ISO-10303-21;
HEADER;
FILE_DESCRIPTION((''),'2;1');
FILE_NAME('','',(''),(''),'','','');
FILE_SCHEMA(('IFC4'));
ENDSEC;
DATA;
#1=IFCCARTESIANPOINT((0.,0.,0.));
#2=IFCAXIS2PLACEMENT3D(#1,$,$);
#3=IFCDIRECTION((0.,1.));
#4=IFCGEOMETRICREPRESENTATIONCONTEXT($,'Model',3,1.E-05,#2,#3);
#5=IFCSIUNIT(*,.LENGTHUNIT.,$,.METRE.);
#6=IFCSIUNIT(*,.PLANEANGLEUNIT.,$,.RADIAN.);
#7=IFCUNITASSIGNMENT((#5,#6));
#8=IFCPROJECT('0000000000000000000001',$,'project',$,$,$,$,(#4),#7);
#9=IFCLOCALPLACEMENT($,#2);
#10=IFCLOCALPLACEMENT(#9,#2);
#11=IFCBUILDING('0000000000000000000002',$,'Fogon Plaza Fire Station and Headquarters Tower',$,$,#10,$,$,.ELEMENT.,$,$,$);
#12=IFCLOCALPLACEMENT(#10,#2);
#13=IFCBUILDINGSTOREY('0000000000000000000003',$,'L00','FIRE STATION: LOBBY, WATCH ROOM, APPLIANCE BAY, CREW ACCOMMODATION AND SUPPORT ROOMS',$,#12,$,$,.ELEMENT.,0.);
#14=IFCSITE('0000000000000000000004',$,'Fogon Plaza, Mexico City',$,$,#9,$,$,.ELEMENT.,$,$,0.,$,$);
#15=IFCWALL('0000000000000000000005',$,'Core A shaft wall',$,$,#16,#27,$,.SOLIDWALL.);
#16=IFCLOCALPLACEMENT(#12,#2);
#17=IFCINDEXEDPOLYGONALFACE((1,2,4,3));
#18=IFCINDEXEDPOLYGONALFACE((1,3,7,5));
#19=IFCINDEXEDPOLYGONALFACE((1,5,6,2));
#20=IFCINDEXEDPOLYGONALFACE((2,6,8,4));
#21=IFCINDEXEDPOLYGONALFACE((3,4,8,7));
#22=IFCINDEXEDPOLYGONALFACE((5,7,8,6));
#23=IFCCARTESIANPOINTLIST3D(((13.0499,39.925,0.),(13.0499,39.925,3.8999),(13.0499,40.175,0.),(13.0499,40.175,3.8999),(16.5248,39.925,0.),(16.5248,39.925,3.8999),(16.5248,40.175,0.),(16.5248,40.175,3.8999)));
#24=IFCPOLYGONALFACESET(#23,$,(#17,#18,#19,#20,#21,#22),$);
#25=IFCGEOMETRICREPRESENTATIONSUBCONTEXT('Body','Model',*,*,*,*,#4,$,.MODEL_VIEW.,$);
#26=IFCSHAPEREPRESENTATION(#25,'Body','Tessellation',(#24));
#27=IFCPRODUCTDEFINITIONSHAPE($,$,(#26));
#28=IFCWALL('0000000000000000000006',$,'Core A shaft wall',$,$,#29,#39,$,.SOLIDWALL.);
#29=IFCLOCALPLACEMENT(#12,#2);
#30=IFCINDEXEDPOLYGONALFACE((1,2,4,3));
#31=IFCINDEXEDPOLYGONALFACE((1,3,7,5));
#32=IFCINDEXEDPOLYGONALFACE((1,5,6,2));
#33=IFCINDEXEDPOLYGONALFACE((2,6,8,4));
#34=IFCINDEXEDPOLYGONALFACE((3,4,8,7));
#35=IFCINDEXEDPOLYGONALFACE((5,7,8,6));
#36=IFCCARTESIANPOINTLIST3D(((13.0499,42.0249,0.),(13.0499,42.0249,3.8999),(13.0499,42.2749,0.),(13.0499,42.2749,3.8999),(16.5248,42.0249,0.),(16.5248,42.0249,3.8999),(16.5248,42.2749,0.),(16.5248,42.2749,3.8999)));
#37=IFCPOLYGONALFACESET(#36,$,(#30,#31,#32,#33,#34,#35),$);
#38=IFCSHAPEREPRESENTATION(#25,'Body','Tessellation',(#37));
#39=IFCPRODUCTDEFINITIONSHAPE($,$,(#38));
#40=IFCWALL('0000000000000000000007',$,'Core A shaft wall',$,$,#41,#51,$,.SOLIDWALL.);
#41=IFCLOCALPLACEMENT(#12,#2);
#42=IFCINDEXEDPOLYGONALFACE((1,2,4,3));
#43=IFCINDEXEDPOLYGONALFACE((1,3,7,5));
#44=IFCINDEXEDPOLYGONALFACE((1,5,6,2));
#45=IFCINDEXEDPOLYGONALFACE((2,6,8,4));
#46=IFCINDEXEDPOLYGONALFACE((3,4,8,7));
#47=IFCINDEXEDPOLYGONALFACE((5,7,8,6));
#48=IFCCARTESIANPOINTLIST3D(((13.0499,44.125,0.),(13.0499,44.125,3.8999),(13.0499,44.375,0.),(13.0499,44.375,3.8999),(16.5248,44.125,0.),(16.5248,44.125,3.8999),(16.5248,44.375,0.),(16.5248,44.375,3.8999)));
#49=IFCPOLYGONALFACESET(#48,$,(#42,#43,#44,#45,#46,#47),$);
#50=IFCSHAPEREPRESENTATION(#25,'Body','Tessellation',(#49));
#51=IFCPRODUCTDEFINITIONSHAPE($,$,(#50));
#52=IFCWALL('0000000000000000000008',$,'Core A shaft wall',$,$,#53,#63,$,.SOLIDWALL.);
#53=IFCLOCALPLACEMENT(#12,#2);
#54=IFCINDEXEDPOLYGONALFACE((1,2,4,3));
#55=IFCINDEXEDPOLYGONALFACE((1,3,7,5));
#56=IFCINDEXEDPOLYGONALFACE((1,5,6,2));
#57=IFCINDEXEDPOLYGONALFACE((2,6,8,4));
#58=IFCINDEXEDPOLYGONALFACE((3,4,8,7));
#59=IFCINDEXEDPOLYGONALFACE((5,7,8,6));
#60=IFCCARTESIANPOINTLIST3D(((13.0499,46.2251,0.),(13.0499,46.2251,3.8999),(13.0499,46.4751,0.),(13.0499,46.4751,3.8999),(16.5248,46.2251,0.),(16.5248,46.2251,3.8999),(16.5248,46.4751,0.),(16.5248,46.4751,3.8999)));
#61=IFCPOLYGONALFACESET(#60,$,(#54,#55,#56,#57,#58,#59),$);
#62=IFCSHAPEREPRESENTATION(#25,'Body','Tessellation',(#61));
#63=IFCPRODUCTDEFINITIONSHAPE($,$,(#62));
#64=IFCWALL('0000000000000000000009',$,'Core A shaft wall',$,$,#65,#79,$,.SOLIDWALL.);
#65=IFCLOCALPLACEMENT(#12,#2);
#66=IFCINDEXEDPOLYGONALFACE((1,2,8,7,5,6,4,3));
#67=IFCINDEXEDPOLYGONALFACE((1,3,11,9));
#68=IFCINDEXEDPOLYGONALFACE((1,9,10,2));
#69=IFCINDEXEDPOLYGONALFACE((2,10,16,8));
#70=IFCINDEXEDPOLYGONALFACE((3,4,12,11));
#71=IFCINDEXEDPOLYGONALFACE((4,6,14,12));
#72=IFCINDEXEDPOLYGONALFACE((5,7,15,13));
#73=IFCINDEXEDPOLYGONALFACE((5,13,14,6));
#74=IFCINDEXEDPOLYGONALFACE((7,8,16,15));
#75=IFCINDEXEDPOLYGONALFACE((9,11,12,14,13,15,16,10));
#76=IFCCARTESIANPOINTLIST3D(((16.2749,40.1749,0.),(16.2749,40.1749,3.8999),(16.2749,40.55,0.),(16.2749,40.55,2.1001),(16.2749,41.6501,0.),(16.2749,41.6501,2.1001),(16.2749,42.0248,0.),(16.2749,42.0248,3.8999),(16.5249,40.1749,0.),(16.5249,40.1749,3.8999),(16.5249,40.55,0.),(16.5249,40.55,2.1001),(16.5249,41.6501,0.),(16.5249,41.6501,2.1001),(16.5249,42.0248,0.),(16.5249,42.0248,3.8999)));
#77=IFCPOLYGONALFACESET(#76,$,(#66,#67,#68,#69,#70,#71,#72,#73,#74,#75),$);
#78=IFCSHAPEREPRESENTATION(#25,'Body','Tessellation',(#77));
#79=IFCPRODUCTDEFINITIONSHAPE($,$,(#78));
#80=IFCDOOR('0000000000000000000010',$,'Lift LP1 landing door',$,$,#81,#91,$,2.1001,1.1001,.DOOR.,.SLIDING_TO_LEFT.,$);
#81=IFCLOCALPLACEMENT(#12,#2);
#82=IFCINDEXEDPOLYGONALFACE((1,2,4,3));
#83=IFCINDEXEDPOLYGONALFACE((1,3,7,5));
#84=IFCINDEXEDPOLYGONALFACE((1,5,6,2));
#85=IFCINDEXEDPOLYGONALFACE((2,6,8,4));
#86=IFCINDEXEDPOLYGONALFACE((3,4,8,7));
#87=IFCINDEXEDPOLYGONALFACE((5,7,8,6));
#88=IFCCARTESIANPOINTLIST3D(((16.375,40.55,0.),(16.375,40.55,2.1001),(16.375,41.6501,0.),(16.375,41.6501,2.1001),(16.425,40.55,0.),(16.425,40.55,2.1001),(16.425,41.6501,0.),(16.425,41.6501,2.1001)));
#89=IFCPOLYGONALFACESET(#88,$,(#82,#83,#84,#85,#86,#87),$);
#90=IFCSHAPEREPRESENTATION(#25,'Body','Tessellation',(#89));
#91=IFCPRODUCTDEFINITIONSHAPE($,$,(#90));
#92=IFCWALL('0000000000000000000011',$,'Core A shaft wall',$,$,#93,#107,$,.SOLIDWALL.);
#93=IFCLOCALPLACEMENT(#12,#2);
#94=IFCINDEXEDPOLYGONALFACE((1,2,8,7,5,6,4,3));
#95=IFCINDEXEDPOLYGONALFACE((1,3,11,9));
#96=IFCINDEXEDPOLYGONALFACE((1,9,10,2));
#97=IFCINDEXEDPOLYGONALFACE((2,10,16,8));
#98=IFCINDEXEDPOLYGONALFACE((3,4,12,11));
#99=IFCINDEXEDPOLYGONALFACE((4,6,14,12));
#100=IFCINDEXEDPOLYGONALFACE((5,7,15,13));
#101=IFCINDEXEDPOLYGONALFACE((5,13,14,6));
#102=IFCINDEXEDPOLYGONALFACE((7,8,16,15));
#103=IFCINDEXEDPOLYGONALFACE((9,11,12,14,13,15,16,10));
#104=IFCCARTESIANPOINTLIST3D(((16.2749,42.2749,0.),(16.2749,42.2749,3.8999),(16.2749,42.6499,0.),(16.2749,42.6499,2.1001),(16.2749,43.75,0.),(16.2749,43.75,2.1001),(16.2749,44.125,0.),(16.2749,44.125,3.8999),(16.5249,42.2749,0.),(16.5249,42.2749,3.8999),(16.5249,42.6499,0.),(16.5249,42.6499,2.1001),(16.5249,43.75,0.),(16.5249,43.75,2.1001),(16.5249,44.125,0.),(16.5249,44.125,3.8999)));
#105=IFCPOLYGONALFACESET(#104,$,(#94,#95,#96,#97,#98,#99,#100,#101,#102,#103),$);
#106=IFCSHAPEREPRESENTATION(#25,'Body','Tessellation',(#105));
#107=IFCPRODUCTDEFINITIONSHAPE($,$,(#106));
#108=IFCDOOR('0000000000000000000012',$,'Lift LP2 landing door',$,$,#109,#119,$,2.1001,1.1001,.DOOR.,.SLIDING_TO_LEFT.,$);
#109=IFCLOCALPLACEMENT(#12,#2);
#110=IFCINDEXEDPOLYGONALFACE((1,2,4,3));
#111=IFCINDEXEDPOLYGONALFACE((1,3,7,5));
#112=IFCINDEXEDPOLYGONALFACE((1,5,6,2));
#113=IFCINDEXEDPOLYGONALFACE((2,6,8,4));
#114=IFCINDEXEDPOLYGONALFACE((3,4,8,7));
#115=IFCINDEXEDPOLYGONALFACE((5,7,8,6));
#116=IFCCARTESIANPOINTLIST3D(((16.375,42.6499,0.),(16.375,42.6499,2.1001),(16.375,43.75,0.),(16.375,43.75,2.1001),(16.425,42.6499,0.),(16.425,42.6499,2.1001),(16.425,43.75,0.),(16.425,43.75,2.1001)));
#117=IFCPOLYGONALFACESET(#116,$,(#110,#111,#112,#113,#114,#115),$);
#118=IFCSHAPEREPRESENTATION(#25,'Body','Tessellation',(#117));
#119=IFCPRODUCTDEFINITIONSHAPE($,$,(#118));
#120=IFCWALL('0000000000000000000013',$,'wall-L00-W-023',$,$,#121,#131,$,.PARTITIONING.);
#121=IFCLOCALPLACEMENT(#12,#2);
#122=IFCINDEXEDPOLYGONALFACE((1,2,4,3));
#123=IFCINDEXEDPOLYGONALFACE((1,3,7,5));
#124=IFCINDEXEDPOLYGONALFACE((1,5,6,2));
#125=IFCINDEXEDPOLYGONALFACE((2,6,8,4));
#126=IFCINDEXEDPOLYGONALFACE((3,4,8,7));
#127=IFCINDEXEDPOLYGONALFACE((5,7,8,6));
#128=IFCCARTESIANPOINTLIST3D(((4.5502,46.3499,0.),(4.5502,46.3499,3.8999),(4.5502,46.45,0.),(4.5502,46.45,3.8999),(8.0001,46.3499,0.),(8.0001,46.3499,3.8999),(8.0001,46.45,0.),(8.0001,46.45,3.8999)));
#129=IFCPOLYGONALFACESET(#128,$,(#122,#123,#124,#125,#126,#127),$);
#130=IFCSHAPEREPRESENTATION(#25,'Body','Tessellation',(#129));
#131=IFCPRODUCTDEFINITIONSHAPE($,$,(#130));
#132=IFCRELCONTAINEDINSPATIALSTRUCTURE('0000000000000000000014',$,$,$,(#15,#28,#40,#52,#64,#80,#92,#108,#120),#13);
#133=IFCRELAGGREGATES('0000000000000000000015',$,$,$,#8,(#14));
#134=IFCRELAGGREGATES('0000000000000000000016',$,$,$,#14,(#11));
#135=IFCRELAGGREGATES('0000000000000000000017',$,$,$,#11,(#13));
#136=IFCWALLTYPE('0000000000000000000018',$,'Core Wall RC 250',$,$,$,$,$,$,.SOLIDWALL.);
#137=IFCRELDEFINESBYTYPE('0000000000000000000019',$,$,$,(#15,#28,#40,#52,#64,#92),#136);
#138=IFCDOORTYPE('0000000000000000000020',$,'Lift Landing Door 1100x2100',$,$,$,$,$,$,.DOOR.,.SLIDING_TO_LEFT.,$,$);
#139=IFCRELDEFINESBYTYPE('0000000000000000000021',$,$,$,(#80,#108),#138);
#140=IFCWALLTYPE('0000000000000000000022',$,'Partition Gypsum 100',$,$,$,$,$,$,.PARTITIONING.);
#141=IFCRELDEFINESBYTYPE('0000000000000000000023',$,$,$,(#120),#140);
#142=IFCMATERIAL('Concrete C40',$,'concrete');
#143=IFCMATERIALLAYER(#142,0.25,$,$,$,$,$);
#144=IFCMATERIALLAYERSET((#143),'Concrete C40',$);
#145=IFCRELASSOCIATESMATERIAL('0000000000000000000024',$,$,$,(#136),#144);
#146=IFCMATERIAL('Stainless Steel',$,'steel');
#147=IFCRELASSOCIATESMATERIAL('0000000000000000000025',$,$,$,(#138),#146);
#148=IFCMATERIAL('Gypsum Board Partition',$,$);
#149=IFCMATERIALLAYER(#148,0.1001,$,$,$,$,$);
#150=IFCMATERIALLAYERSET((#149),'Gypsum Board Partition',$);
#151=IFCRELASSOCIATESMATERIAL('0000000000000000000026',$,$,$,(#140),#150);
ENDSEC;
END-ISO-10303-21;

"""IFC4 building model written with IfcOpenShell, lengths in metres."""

from ifc_helpers import new_model, si_unit, direction, frame, frame_2d, origin, place, context, subcontext, project, spatial, rectangle, extrude, material, layer, layer_set, type_object, element, fill, save


model = new_model("IFC4")

# Units and contexts
model_context = context("Model", 3, precision=1e-05, world=origin(), true_north=direction((0.0, 1.0)))
body_context = subcontext(model_context, "Body", "Model", "MODEL_VIEW")
ifc_project = project(units=[si_unit("LENGTHUNIT", "METRE"), si_unit("PLANEANGLEUNIT", "RADIAN")], contexts=[model_context])

# Site, building, storey
site_placement = place(None, origin())
site = spatial("IfcSite", under=ifc_project, at=site_placement, Name="Fogon Plaza, Mexico City", CompositionType="ELEMENT", RefElevation=0.0)
building_placement = place(site_placement, origin())
building = spatial("IfcBuilding", under=site, at=building_placement, Name="Fogon Plaza Fire Station and Headquarters Tower", CompositionType="ELEMENT")
storey_placement = place(building_placement, origin())
storey = spatial("IfcBuildingStorey", under=building, at=storey_placement, Name="L00", Description="FIRE STATION: LOBBY, WATCH ROOM, APPLIANCE BAY, CREW ACCOMMODATION AND SUPPORT ROOMS", CompositionType="ELEMENT", Elevation=0.0)

# Walls
ifc_material_1 = material(Name="Concrete C40", Category="concrete")
ifc_layer_1 = layer(ifc_material_1, 0.25)
ifc_layer_set_1 = layer_set([ifc_layer_1], Name="Concrete C40")
wall_type_1 = type_object("IfcWallType", Name="Core Wall RC 250", PredefinedType="SOLIDWALL", material=ifc_layer_set_1)
for number, where, z_axis, x_axis, name in (
    (1, (13.05, 40.05, 0.0), (0.0, 0.0, 1.0), (1.0, 0.0, 0.0), "Core A shaft wall"),
    (2, (13.05, 42.1499, 0.0), (0.0, 0.0, 1.0), (1.0, 0.0, 0.0), "Core A shaft wall"),
    (3, (13.05, 44.25, 0.0), (0.0, 0.0, 1.0), (1.0, 0.0, 0.0), "Core A shaft wall"),
    (4, (13.05, 46.3501, 0.0), (0.0, 0.0, 1.0), (1.0, 0.0, 0.0), "Core A shaft wall"),
):
    element("IfcWall", number, at=place(storey_placement, frame(where, z_axis=z_axis, x_axis=x_axis)), inside=storey, type_object=wall_type_1, Name=name, PredefinedType="SOLIDWALL", context=body_context, shape_type="SweptSolid", body=[
        extrude(rectangle(XDim=3.4749, YDim=0.25, at=frame_2d((1.7373, 0.0))), origin(), (0.0, 0.0, 1.0), 3.8999),
    ])

# Walls, openings, doors
wall_1_placement = place(storey_placement, frame((16.3999, 40.175, 0.0), z_axis=(0.0, 0.0, 1.0), x_axis=(0.0, 1.0, 0.0)))
wall_1 = element("IfcWall", 5, at=wall_1_placement, inside=storey, type_object=wall_type_1, Name="Core A shaft wall", PredefinedType="SOLIDWALL", context=body_context, shape_type="SweptSolid", body=[
    extrude(rectangle(XDim=1.8499, YDim=0.25, at=frame_2d((0.9248, 0.0))), origin(), (0.0, 0.0, 1.0), 3.8999),
])
opening_1_placement = place(wall_1_placement, frame((0.375, 0.0, 0.0)))
opening_1 = element("IfcOpeningElement", 6, at=opening_1_placement, cuts=wall_1, PredefinedType="OPENING", context=body_context, shape_type="SweptSolid", body=[
    extrude(rectangle(XDim=1.1001, YDim=2.1001, at=frame_2d((0.55, 1.05))), frame((0.0, 0.135, 0.0), z_axis=(0.0, -1.0, 0.0), x_axis=(1.0, 0.0, 0.0)), (0.0, 0.0, 1.0), 0.27),
])
ifc_material_2 = material(Name="Stainless Steel", Category="steel")
door_type = type_object("IfcDoorType", Name="Lift Landing Door 1100x2100", OperationType="SLIDING_TO_LEFT", PredefinedType="DOOR", material=ifc_material_2)
door_1_placement = place(opening_1_placement, origin())
door_1 = element("IfcDoor", 7, at=door_1_placement, inside=storey, type_object=door_type, Name="Lift LP1 landing door", OperationType="SLIDING_TO_LEFT", OverallHeight=2.1001, OverallWidth=1.1001, PredefinedType="DOOR", context=body_context, shape_type="SweptSolid", body=[
    extrude(rectangle(XDim=1.1001, YDim=2.1001, at=frame_2d((0.55, 1.05))), frame((0.0, 0.0249, 0.0), z_axis=(0.0, -1.0, 0.0), x_axis=(1.0, 0.0, 0.0)), (0.0, 0.0, 1.0), 0.05),
])
fill(opening_1, door_1)
wall_2_placement = place(storey_placement, frame((16.3999, 42.2749, 0.0), z_axis=(0.0, 0.0, 1.0), x_axis=(0.0, 1.0, 0.0)))
wall_2 = element("IfcWall", 8, at=wall_2_placement, inside=storey, type_object=wall_type_1, Name="Core A shaft wall", PredefinedType="SOLIDWALL", context=body_context, shape_type="SweptSolid", body=[
    extrude(rectangle(XDim=1.8501, YDim=0.25, at=frame_2d((0.925, 0.0))), origin(), (0.0, 0.0, 1.0), 3.8999),
])
opening_2_placement = place(wall_2_placement, frame((0.375, 0.0, 0.0)))
opening_2 = element("IfcOpeningElement", 9, at=opening_2_placement, cuts=wall_2, PredefinedType="OPENING", context=body_context, shape_type="SweptSolid", body=[
    extrude(rectangle(XDim=1.1001, YDim=2.1001, at=frame_2d((0.55, 1.05))), frame((0.0, 0.135, 0.0), z_axis=(0.0, -1.0, 0.0), x_axis=(1.0, 0.0, 0.0)), (0.0, 0.0, 1.0), 0.27),
])
door_2_placement = place(opening_2_placement, origin())
door_2 = element("IfcDoor", 10, at=door_2_placement, inside=storey, type_object=door_type, Name="Lift LP2 landing door", OperationType="SLIDING_TO_LEFT", OverallHeight=2.1001, OverallWidth=1.1001, PredefinedType="DOOR", context=body_context, shape_type="SweptSolid", body=[
    extrude(rectangle(XDim=1.1001, YDim=2.1001, at=frame_2d((0.55, 1.05))), frame((0.0, 0.0249, 0.0), z_axis=(0.0, -1.0, 0.0), x_axis=(1.0, 0.0, 0.0)), (0.0, 0.0, 1.0), 0.05),
])
fill(opening_2, door_2)

# Wall
ifc_material_3 = material(Name="Gypsum Board Partition")
ifc_layer_2 = layer(ifc_material_3, 0.1001)
ifc_layer_set_2 = layer_set([ifc_layer_2], Name="Gypsum Board Partition")
wall_type_2 = type_object("IfcWallType", Name="Partition Gypsum 100", PredefinedType="PARTITIONING", material=ifc_layer_set_2)
wall_3_placement = place(storey_placement, frame((4.55, 46.3999, 0.0), z_axis=(0.0, 0.0, 1.0), x_axis=(1.0, 0.0, 0.0)))
element("IfcWall", 11, at=wall_3_placement, inside=storey, type_object=wall_type_2, Name="wall-L00-W-023", PredefinedType="PARTITIONING", context=body_context, shape_type="SweptSolid", body=[
    extrude(rectangle(XDim=3.45, YDim=0.1001, at=frame_2d((1.7251, 0.0))), origin(), (0.0, 0.0, 1.0), 3.8999),
])

save(model, "model.ifc")
